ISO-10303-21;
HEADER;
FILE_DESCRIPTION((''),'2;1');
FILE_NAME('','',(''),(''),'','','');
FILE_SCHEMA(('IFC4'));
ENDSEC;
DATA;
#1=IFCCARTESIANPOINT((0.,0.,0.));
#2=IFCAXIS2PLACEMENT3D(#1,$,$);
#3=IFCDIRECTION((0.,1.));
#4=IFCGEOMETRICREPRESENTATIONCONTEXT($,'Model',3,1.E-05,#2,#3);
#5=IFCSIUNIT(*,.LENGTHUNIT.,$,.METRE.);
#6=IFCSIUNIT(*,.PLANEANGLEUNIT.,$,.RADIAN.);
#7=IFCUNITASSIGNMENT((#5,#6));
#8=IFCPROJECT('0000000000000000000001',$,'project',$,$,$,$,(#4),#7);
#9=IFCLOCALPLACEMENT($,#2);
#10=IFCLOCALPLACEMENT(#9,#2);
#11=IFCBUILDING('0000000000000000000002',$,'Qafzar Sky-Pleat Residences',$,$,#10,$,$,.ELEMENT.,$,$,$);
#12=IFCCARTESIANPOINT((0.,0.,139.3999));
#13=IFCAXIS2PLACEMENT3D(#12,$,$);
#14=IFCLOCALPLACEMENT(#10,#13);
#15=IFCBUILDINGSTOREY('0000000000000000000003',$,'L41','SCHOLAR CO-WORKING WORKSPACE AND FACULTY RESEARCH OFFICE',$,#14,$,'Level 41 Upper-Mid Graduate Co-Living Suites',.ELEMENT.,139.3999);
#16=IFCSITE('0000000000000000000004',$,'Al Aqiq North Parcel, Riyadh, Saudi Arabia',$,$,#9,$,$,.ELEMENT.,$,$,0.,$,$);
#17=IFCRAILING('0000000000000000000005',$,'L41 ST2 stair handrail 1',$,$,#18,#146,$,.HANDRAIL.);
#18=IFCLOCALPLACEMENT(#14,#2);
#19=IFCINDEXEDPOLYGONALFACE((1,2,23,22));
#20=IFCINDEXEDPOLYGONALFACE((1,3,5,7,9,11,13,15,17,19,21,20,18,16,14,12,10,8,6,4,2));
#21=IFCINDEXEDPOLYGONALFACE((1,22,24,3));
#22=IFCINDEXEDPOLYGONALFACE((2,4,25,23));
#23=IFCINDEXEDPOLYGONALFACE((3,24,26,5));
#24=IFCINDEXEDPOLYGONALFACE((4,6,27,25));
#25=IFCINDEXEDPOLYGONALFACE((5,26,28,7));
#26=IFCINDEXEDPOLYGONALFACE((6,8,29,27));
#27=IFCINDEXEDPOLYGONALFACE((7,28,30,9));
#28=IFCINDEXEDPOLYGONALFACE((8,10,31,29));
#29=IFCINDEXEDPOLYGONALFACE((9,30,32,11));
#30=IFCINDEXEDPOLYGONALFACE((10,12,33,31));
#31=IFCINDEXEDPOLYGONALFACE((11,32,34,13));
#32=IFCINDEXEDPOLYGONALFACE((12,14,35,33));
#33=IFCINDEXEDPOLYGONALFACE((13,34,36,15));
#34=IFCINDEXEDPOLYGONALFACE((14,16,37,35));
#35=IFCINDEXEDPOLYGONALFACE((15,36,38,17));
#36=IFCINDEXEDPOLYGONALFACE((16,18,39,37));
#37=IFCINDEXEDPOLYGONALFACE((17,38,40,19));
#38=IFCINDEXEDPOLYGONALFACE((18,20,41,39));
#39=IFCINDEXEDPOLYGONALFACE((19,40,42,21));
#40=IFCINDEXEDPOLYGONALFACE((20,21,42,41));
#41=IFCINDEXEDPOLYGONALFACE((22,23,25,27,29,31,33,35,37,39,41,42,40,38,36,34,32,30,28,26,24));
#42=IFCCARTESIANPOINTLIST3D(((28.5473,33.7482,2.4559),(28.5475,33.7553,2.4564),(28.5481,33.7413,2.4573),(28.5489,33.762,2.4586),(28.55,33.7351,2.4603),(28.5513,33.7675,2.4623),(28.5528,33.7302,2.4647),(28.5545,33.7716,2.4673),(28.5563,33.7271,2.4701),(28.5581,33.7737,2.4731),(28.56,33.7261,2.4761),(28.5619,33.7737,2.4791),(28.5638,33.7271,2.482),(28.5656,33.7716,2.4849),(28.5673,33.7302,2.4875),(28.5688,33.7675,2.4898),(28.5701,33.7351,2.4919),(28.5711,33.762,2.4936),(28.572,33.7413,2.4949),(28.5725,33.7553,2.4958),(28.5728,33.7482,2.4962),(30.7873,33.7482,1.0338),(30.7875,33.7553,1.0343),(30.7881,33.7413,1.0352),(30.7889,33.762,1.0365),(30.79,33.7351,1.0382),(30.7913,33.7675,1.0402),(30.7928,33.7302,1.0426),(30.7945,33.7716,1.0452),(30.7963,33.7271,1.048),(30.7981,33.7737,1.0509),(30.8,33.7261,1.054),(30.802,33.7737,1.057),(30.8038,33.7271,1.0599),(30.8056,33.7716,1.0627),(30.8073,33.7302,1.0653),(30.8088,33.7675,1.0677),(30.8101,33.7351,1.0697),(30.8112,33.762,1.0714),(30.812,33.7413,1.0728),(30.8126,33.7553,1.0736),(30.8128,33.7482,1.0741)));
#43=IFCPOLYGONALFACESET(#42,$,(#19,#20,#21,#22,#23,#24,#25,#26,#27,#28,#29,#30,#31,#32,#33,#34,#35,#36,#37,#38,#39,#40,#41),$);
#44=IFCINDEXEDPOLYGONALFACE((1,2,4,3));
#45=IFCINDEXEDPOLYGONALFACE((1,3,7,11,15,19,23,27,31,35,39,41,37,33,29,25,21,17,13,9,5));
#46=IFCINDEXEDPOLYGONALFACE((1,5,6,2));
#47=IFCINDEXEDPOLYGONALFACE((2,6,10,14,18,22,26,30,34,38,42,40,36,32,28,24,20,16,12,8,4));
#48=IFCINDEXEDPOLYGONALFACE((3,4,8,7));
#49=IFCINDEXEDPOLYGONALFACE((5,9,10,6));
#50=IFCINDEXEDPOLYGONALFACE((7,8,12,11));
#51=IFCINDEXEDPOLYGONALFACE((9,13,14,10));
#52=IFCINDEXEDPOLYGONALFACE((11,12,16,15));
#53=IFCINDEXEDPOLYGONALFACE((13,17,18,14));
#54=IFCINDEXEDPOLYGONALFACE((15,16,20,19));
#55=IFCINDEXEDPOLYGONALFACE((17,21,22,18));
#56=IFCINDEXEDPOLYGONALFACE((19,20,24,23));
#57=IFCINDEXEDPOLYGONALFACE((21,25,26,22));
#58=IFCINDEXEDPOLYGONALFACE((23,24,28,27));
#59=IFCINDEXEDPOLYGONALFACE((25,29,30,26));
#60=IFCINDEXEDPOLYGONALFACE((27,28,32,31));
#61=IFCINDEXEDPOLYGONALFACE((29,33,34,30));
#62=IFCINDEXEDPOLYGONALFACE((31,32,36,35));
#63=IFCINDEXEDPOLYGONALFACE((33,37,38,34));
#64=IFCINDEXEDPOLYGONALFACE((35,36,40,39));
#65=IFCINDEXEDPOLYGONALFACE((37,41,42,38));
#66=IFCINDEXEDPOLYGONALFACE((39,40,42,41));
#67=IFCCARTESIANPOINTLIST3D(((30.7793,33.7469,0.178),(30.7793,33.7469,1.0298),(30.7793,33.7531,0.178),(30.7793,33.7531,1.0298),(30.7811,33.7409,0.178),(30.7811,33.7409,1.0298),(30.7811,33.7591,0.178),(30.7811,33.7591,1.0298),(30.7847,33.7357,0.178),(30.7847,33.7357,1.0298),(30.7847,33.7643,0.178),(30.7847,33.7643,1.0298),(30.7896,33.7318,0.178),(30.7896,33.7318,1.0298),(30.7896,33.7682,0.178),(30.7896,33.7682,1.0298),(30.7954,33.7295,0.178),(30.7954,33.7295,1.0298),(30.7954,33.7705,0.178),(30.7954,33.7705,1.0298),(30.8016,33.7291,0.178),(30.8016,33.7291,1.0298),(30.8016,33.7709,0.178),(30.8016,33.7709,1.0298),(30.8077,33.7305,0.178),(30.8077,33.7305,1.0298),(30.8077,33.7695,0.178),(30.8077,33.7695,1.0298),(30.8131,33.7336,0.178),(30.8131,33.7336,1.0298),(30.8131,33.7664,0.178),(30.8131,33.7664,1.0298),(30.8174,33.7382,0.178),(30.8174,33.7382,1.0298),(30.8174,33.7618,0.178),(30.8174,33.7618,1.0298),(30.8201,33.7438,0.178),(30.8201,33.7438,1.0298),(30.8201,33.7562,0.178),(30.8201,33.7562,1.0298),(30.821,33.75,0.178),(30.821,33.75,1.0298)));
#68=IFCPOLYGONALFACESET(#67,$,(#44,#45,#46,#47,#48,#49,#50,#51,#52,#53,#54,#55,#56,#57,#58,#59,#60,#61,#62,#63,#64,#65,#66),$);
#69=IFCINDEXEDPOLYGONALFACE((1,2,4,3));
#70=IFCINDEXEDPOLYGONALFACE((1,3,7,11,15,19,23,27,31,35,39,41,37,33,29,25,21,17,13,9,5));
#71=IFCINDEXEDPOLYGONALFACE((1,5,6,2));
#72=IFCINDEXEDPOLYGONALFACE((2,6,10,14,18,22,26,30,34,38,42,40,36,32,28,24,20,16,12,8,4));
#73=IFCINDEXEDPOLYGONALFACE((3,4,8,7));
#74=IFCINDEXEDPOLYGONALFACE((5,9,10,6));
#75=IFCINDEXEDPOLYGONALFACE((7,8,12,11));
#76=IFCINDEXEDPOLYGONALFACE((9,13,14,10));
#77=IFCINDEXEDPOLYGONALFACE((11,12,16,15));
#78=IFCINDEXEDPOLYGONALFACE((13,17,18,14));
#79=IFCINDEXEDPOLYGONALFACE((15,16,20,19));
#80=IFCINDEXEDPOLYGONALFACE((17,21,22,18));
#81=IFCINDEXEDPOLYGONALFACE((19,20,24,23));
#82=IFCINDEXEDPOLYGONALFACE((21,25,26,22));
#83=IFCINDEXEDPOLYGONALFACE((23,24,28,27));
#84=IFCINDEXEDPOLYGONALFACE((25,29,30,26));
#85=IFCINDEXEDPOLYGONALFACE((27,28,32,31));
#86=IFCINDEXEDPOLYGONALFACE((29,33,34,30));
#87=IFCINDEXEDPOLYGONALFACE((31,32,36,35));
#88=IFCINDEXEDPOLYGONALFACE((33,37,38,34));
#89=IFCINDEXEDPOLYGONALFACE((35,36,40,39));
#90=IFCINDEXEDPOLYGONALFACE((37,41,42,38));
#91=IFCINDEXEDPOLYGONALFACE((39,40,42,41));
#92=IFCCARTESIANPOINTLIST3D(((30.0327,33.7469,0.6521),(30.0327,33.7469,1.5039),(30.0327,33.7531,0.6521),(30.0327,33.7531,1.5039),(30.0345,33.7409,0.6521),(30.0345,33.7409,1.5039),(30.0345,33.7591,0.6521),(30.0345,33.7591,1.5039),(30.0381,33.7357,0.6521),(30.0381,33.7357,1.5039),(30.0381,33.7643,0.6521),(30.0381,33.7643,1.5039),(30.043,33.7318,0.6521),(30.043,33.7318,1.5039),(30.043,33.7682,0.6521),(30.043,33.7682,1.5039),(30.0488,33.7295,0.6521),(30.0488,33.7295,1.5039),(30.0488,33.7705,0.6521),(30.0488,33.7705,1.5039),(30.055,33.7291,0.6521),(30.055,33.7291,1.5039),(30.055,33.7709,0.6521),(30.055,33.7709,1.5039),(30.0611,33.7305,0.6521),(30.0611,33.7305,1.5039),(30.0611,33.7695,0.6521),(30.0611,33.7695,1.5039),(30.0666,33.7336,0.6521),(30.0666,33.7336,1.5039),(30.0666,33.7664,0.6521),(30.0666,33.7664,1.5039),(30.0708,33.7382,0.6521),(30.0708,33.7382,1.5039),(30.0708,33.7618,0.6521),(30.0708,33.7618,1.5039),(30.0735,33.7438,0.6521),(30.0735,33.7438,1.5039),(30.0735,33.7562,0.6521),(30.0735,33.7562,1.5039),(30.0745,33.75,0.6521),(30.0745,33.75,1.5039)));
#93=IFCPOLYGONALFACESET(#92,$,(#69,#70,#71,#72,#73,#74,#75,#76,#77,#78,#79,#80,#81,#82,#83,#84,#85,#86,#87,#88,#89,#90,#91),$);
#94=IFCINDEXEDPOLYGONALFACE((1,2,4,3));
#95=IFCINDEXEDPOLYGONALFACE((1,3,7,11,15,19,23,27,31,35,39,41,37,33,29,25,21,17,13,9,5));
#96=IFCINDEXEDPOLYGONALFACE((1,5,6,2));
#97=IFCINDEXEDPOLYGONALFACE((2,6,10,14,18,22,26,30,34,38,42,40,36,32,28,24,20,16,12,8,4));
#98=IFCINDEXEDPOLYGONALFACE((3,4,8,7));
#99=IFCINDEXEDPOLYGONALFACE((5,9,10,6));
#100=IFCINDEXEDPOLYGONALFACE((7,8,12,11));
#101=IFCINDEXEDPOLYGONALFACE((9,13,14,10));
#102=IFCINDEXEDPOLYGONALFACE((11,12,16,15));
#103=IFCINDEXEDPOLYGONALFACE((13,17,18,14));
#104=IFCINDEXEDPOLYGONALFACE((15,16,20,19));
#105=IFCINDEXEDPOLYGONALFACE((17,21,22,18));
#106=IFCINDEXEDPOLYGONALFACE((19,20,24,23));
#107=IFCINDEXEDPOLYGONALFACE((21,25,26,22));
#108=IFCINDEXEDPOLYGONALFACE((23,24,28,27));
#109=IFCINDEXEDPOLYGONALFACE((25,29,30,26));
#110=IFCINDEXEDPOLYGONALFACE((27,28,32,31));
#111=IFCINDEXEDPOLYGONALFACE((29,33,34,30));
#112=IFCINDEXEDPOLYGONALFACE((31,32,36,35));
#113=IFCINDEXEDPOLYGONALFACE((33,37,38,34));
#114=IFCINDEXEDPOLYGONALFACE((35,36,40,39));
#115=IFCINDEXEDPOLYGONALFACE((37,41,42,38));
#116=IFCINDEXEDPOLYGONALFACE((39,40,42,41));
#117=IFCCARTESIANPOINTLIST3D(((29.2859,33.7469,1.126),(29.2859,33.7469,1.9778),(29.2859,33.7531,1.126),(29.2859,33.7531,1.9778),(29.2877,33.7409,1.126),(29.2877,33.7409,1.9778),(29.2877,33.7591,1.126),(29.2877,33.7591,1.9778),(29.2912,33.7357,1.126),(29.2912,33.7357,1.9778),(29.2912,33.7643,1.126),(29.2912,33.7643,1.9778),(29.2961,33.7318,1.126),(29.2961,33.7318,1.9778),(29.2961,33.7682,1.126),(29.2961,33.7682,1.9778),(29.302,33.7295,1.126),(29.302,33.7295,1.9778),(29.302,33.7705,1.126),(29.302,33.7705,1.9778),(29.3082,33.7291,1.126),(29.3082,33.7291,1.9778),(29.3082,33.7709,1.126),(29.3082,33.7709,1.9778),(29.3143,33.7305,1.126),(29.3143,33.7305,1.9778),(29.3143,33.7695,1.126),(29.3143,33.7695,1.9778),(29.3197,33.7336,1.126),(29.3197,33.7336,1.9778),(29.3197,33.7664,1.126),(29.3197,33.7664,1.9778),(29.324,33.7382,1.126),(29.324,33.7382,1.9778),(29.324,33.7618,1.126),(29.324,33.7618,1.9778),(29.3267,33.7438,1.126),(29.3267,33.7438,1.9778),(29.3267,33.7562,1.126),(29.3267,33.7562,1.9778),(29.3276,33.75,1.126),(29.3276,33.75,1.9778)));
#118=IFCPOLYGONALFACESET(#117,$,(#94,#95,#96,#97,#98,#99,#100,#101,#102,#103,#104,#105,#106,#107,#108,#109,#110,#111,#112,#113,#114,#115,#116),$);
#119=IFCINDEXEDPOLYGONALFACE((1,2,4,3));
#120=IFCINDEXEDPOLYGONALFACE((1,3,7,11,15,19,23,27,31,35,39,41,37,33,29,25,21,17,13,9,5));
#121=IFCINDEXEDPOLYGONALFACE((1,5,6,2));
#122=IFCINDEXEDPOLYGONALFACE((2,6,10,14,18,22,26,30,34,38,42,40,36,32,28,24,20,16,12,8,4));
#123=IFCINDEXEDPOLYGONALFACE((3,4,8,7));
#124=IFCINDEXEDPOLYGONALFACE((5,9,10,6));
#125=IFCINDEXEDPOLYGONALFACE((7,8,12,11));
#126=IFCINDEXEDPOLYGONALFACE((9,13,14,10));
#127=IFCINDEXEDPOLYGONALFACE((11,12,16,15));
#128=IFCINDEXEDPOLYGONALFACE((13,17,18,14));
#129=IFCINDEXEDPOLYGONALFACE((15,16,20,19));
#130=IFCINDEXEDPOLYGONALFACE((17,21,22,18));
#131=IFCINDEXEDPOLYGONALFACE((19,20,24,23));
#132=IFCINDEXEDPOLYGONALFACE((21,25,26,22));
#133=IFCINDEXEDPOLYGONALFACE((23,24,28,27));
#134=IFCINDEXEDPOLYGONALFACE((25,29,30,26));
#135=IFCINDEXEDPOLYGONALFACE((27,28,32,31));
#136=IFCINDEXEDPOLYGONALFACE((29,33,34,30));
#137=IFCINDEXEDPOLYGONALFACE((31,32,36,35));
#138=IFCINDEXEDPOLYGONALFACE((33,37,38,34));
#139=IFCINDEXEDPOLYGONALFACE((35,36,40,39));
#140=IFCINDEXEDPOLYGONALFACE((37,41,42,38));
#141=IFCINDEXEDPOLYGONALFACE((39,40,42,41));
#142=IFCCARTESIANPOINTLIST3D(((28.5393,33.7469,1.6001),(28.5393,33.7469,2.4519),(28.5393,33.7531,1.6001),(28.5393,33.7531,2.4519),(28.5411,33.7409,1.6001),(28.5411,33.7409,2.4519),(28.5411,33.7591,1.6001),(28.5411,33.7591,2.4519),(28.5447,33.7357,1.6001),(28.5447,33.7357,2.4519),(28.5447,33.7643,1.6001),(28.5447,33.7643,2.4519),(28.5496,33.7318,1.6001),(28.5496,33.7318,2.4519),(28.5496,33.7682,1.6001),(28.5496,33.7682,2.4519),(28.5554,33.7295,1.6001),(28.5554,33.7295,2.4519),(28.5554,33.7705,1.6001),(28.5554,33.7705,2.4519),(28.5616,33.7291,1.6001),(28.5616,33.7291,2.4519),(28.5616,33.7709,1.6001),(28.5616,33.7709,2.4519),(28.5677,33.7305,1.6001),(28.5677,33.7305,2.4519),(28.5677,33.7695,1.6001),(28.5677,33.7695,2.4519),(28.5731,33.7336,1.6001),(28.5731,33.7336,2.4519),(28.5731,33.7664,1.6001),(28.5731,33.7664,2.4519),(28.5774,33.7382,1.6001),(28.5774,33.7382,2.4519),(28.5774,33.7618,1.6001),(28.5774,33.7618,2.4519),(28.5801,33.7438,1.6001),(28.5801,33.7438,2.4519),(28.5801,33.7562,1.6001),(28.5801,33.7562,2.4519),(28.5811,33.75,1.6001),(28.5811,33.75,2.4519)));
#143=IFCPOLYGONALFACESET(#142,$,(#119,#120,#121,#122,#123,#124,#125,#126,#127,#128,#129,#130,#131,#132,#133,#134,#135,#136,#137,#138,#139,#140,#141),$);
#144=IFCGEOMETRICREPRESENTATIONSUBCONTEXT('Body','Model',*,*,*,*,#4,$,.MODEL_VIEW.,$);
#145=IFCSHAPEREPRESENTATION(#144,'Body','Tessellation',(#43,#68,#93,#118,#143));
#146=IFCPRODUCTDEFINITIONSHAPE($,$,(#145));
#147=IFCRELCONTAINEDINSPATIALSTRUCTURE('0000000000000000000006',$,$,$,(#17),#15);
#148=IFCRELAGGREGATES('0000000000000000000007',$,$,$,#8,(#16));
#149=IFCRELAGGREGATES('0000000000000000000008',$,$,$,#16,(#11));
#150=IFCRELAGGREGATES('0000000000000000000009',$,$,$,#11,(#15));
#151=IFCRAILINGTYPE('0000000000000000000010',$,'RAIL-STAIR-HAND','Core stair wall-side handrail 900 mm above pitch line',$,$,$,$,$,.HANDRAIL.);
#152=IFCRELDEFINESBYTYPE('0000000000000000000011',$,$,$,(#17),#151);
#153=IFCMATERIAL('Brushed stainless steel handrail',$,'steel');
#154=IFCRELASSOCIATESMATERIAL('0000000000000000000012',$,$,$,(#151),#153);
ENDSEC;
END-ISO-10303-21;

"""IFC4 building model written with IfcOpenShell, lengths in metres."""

from ifc_helpers import new_model, si_unit, direction, frame, origin, origin_2d, place, context, subcontext, project, spatial, circle, extrude, source, transform, mapped, material, type_object, element, save


model = new_model("IFC4")

# Units and contexts
model_context = context("Model", 3, precision=1e-05, world=origin(), true_north=direction((0.0, 1.0)))
body_context = subcontext(model_context, "Body", "Model", "MODEL_VIEW")
ifc_project = project(units=[si_unit("LENGTHUNIT", "METRE"), si_unit("PLANEANGLEUNIT", "RADIAN")], contexts=[model_context])

# Site, building, storey
site_placement = place(None, origin())
site = spatial("IfcSite", under=ifc_project, at=site_placement, Name="Al Aqiq North Parcel, Riyadh, Saudi Arabia", CompositionType="ELEMENT", RefElevation=0.0)
building_placement = place(site_placement, origin())
building = spatial("IfcBuilding", under=site, at=building_placement, Name="Qafzar Sky-Pleat Residences", CompositionType="ELEMENT")
storey_placement = place(building_placement, frame((0.0, 0.0, 139.3999)))
storey = spatial("IfcBuildingStorey", under=building, at=storey_placement, Name="L41", Description="SCHOLAR CO-WORKING WORKSPACE AND FACULTY RESEARCH OFFICE", LongName="Level 41 Upper-Mid Graduate Co-Living Suites", CompositionType="ELEMENT", Elevation=139.3999)

# Railing
ifc_material_1 = material(Name="Brushed stainless steel handrail", Category="steel")
railing_type_1 = type_object("IfcRailingType", Name="RAIL-STAIR-HAND", Description="Core stair wall-side handrail 900 mm above pitch line", PredefinedType="HANDRAIL", material=ifc_material_1)
shared_shape_1 = source(origin(), body_context, "Body", "SweptSolid", [
    extrude(circle(Radius=0.0239, at=origin_2d()), frame((0.0, 0.0, 0.876), z_axis=(-0.844229, 0.0, 0.535982), x_axis=(0.0, -1.0, 0.0)), (0.0, 0.0, 1.0), 2.6533),
    extrude(circle(Radius=0.021, at=origin_2d()), origin(), (0.0, 0.0, 1.0), 0.8518),
    extrude(circle(Radius=0.021, at=origin_2d()), frame((-0.7466, 0.0, 0.4741)), (0.0, 0.0, 1.0), 0.8518),
    extrude(circle(Radius=0.021, at=origin_2d()), frame((-1.4934, 0.0, 0.948)), (0.0, 0.0, 1.0), 0.8518),
    extrude(circle(Radius=0.021, at=origin_2d()), frame((-2.24, 0.0, 1.4221)), (0.0, 0.0, 1.0), 0.8518),
])
railing_1_placement = place(storey_placement, frame((30.8, 33.75, 0.178)))
element("IfcRailing", 1, at=railing_1_placement, inside=storey, type_object=railing_type_1, Name="L41 ST2 stair handrail 1", PredefinedType="HANDRAIL", context=body_context, shape_type="MappedRepresentation", body=[
    mapped(shared_shape_1, transform((0.0, 0.0, 0.0), x_axis=(1.0, 0.0, 0.0), y_axis=(0.0, 1.0, 0.0), z_axis=(0.0, 0.0, 1.0), scale=1.0)),
])

save(model, "model.ifc")
